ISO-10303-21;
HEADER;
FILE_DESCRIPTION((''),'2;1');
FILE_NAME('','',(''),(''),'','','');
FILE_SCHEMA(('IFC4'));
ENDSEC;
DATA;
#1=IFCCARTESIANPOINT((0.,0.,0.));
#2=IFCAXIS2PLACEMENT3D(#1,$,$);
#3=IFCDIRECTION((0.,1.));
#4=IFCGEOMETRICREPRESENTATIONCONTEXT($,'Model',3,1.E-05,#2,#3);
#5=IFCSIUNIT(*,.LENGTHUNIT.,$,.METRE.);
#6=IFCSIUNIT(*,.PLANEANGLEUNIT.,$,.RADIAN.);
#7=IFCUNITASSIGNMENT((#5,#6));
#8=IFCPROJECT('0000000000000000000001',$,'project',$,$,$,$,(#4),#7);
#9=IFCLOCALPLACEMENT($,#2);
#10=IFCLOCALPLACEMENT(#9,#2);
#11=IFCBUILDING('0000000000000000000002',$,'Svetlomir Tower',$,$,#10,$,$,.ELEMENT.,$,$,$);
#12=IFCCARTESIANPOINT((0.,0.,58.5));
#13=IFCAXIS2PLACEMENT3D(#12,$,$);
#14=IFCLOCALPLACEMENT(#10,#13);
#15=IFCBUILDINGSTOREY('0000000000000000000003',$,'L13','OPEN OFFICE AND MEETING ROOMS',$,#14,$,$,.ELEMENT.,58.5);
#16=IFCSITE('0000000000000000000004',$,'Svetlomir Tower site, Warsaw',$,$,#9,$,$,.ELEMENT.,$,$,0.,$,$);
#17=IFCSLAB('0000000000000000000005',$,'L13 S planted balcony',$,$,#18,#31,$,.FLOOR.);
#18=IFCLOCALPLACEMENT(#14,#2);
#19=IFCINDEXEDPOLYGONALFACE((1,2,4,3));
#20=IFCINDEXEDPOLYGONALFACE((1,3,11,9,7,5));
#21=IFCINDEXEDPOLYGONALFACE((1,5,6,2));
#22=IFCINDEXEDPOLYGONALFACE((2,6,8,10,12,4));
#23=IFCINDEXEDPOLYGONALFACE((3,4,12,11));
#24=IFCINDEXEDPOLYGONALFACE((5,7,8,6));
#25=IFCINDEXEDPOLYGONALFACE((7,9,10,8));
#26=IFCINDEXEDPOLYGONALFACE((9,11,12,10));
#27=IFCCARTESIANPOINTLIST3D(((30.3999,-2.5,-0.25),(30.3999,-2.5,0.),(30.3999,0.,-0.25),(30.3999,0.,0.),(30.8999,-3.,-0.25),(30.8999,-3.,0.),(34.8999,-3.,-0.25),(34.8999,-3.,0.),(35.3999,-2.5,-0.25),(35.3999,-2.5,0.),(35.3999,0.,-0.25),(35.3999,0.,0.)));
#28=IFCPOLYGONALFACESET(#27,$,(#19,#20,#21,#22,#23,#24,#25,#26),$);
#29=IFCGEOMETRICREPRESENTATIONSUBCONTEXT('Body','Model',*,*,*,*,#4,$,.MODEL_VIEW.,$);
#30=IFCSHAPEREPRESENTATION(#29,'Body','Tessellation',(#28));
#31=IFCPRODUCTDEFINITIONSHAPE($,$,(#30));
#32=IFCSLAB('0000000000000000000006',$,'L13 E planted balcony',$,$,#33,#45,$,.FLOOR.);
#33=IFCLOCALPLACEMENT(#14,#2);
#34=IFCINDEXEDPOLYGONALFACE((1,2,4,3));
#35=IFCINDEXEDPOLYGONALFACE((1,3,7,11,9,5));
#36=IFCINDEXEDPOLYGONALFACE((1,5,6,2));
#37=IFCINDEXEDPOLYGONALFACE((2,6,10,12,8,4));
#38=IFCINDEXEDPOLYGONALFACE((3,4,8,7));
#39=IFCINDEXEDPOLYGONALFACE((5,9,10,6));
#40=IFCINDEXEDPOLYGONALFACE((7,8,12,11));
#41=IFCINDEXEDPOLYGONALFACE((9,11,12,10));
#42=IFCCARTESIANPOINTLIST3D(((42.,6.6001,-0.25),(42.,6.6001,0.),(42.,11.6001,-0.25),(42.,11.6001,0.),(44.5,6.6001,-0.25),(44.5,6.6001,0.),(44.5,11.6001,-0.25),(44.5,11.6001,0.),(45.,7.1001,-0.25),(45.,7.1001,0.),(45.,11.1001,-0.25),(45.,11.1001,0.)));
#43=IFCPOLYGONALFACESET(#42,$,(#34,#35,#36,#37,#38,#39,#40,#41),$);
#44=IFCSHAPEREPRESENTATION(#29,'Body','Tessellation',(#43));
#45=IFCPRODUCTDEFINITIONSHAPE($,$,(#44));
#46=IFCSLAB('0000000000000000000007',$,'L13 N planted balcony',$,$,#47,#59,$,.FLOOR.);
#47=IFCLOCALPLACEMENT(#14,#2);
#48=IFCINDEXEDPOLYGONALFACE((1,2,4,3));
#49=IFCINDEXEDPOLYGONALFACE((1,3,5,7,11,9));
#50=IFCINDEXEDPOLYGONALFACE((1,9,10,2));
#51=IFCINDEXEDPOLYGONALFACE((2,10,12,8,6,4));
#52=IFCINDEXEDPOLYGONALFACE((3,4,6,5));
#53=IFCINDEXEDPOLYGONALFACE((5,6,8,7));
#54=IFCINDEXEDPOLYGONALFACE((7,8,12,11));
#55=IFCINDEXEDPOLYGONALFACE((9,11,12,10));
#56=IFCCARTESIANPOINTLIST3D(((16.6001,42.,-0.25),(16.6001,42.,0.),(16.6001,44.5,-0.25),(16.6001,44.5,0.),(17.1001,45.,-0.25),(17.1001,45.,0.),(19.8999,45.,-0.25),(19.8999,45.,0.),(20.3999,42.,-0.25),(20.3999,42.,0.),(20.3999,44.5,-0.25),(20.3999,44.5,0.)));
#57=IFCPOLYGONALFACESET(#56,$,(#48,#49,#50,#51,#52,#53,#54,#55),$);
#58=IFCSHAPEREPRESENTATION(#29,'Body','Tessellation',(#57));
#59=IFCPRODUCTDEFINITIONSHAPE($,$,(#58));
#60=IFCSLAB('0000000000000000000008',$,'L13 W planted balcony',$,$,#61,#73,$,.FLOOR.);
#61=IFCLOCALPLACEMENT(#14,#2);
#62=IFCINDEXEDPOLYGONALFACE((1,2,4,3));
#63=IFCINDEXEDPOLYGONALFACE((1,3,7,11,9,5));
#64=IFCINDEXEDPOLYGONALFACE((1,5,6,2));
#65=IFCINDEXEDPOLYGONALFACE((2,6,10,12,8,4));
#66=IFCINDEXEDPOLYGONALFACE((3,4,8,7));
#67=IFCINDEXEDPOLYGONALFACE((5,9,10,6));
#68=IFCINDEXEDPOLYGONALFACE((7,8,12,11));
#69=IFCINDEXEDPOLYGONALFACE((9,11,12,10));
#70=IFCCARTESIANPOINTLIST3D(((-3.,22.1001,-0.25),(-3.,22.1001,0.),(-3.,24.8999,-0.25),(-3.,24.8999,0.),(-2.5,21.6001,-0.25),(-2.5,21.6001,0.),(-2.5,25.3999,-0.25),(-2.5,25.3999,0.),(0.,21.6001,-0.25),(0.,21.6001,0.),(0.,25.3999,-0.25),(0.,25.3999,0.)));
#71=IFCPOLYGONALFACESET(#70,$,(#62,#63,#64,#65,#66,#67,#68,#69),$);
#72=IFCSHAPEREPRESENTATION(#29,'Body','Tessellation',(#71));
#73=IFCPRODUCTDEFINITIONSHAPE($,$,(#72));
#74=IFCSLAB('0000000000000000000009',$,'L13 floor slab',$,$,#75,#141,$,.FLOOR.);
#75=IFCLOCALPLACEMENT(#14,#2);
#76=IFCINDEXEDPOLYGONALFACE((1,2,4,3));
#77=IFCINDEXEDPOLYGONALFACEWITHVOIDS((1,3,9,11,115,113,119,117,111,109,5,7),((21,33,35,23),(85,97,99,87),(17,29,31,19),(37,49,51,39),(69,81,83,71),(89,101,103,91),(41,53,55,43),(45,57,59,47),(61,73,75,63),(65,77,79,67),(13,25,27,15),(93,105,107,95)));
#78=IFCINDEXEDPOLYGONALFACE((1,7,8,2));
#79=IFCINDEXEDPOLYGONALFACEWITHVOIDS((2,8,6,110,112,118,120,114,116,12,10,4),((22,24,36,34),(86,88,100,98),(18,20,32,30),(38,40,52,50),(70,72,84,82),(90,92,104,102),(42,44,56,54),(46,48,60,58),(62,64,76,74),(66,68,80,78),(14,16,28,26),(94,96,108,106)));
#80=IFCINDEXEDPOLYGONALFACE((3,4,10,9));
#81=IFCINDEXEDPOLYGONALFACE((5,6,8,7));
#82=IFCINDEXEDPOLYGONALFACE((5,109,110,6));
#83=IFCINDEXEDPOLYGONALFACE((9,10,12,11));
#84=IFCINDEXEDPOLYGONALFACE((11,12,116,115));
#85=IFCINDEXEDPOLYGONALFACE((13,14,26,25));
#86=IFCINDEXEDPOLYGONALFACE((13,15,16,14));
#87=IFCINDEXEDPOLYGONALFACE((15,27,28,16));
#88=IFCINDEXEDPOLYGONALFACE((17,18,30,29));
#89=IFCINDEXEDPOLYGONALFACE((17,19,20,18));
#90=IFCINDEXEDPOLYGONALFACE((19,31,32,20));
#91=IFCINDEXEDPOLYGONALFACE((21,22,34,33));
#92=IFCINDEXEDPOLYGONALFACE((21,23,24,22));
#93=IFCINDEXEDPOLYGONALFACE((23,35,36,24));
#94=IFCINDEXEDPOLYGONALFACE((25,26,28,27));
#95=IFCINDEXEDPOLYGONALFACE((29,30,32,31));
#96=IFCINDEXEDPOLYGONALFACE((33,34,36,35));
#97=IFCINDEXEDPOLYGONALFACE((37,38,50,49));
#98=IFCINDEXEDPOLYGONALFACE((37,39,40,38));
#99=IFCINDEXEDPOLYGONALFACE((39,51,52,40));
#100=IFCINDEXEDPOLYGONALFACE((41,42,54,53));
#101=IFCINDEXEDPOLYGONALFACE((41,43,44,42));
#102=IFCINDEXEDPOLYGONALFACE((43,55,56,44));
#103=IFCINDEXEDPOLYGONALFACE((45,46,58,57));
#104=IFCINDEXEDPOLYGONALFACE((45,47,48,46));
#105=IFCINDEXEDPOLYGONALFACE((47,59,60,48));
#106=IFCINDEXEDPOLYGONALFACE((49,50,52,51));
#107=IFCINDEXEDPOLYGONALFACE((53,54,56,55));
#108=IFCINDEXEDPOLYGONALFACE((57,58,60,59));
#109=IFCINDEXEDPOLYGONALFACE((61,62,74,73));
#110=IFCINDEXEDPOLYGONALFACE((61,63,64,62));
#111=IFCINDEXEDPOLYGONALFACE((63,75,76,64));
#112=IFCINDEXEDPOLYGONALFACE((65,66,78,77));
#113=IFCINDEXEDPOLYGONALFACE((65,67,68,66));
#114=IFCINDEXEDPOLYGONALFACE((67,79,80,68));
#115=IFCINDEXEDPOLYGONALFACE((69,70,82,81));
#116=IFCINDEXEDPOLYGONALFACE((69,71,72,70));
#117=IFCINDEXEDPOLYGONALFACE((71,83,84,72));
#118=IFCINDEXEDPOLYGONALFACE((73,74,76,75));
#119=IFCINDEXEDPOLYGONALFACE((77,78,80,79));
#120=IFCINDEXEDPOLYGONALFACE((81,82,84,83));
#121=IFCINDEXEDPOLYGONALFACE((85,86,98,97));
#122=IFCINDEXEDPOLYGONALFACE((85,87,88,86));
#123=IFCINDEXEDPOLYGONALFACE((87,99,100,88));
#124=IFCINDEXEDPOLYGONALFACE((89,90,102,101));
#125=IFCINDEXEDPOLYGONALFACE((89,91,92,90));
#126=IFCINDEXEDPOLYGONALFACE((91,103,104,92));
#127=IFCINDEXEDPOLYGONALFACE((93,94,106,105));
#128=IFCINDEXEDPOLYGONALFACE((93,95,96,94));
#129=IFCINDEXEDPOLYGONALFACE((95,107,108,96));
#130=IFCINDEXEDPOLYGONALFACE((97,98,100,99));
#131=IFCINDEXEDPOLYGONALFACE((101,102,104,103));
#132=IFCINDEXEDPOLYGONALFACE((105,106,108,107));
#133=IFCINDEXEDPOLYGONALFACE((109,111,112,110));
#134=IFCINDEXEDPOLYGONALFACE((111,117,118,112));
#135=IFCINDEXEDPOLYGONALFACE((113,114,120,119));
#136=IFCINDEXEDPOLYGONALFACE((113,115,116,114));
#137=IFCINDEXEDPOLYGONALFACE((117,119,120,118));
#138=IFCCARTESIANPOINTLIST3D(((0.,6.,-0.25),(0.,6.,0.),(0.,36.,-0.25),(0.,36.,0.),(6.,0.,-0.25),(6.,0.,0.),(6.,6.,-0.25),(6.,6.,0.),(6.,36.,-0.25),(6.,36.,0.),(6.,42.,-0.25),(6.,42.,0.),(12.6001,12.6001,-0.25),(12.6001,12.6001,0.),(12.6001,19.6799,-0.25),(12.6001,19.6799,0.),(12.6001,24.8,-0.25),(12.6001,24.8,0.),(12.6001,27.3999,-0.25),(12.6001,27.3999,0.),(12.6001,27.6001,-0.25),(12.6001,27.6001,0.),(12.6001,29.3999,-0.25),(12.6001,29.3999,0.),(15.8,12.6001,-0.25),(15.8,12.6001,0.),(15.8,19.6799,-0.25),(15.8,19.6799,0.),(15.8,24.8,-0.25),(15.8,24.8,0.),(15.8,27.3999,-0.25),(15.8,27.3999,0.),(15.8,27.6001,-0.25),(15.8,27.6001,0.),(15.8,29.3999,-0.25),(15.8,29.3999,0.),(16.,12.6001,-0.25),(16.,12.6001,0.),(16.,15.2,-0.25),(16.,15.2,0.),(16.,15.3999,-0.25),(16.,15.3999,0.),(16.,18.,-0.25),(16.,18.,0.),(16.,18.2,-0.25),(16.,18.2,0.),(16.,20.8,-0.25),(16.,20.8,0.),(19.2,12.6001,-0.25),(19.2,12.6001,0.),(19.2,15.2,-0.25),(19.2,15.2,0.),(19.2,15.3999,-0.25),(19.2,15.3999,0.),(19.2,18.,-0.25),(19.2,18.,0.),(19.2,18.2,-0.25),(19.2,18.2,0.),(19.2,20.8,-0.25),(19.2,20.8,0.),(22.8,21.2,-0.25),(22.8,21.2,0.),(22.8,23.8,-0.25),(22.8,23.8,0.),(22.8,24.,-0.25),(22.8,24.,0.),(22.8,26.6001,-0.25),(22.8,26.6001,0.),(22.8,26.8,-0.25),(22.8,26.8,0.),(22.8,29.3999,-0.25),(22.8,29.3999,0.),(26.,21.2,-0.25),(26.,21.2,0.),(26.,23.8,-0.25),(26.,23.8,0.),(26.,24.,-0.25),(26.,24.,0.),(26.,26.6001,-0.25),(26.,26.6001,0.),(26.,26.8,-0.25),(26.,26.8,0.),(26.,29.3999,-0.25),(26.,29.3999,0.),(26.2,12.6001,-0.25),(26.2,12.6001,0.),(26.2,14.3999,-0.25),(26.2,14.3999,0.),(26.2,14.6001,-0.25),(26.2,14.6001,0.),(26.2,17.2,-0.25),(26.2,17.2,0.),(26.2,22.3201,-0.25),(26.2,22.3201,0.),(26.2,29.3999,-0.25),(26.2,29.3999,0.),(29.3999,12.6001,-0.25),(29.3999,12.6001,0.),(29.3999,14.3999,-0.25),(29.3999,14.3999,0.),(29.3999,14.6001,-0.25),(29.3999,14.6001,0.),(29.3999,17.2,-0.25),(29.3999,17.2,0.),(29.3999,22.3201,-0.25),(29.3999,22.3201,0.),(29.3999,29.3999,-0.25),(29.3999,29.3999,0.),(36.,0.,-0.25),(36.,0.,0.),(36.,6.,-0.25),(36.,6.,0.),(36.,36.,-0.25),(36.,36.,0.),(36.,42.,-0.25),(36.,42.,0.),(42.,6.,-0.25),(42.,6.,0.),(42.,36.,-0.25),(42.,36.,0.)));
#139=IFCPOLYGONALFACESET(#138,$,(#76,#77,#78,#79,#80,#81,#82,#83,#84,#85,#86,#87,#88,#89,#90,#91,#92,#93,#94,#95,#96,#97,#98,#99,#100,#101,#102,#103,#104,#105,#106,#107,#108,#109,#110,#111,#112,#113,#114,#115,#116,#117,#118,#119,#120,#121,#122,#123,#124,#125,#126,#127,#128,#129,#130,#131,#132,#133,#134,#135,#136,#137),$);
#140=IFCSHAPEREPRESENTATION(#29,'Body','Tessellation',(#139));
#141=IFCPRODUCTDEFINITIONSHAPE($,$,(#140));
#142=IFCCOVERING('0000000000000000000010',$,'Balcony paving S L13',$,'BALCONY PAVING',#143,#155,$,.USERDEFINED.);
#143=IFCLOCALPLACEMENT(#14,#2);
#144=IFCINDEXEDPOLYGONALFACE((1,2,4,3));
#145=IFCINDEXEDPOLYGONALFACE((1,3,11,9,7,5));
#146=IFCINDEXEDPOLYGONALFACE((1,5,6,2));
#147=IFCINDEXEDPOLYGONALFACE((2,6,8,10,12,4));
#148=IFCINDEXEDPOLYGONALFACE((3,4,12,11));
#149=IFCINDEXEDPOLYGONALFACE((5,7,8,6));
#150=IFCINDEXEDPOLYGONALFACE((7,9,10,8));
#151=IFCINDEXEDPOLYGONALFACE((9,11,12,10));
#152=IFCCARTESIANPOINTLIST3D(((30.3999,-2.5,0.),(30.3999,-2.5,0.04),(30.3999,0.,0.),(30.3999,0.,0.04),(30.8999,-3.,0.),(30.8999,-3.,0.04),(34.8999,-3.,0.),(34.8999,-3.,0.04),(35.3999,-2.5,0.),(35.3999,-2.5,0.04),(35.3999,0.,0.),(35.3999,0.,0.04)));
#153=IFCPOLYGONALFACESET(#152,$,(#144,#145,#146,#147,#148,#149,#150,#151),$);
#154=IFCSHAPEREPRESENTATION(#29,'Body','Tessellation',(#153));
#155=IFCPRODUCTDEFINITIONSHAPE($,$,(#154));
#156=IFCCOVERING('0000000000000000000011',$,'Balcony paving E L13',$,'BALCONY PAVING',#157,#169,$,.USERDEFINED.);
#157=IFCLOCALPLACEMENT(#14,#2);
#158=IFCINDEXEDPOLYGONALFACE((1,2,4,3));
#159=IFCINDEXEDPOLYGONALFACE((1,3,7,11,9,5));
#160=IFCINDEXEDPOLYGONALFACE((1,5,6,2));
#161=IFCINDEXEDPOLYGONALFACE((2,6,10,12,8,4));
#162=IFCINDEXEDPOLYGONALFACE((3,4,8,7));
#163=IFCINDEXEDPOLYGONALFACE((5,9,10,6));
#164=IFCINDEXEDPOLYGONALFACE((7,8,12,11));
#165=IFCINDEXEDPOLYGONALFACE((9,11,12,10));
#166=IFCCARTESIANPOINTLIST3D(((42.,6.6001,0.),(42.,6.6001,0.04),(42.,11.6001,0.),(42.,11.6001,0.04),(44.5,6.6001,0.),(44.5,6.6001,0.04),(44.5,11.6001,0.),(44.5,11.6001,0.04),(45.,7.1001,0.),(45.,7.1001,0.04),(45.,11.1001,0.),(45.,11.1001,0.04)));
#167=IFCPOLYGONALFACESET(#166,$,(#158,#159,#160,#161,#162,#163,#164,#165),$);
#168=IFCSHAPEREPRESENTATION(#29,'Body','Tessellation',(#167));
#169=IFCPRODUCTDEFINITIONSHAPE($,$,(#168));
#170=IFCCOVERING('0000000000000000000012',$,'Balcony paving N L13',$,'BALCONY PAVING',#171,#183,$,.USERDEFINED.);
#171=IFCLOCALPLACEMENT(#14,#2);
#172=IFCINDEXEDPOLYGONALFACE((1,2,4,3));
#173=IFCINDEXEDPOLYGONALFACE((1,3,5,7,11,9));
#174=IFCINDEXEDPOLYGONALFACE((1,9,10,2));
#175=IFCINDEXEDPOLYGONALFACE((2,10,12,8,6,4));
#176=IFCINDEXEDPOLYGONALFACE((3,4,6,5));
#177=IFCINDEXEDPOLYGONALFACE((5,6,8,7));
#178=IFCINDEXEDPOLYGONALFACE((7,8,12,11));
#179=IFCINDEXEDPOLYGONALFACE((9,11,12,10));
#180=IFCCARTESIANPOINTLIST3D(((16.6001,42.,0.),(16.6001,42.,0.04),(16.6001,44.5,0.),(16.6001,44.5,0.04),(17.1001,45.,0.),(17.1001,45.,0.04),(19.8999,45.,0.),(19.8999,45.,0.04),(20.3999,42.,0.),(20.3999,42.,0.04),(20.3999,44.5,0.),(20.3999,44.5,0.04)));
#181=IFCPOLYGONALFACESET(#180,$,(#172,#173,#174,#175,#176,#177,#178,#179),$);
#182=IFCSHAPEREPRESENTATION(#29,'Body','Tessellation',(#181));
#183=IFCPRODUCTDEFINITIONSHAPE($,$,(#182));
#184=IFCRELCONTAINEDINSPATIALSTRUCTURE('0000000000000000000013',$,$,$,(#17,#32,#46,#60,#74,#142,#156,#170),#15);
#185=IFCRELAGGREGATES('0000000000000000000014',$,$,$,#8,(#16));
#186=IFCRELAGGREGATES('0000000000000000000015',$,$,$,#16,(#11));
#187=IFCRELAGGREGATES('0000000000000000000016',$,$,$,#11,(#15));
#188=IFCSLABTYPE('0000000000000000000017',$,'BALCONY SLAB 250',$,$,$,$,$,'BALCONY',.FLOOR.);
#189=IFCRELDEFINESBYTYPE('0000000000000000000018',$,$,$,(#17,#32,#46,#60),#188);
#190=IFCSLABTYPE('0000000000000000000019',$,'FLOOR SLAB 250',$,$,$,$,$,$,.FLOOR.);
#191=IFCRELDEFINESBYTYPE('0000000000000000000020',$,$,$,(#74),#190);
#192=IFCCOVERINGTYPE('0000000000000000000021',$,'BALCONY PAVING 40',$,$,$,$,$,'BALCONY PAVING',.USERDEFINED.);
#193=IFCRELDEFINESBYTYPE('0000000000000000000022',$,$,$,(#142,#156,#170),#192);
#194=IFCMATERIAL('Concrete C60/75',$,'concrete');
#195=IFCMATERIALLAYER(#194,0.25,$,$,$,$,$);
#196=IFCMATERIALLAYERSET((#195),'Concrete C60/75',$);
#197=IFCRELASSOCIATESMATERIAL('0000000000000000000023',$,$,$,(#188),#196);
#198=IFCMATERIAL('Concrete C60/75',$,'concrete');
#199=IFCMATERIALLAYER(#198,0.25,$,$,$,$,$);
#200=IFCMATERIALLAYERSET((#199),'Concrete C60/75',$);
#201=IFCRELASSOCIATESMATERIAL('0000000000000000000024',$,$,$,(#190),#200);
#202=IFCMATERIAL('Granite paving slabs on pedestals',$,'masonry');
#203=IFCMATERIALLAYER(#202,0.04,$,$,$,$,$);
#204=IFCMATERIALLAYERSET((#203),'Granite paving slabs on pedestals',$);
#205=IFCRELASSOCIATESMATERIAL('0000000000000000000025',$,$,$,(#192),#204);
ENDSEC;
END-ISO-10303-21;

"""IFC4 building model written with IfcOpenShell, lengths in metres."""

from ifc_helpers import new_model, si_unit, direction, frame, origin, place, context, subcontext, project, spatial, polyline, outline, extrude, material, layer, layer_set, type_object, element, save


model = new_model("IFC4")

# Units and contexts
model_context = context("Model", 3, precision=1e-05, world=origin(), true_north=direction((0.0, 1.0)))
body_context = subcontext(model_context, "Body", "Model", "MODEL_VIEW")
ifc_project = project(units=[si_unit("LENGTHUNIT", "METRE"), si_unit("PLANEANGLEUNIT", "RADIAN")], contexts=[model_context])

# Site, building, storey
site_placement = place(None, origin())
site = spatial("IfcSite", under=ifc_project, at=site_placement, Name="Svetlomir Tower site, Warsaw", CompositionType="ELEMENT", RefElevation=0.0)
building_placement = place(site_placement, origin())
building = spatial("IfcBuilding", under=site, at=building_placement, Name="Svetlomir Tower", CompositionType="ELEMENT")
storey_placement = place(building_placement, frame((0.0, 0.0, 58.5)))
storey = spatial("IfcBuildingStorey", under=building, at=storey_placement, Name="L13", Description="OPEN OFFICE AND MEETING ROOMS", CompositionType="ELEMENT", Elevation=58.5)

# Slabs
ifc_material_1 = material(Name="Concrete C60/75", Category="concrete")
ifc_layer_1 = layer(ifc_material_1, 0.25)
ifc_layer_set_1 = layer_set([ifc_layer_1], Name="Concrete C60/75")
slab_type_1 = type_object("IfcSlabType", Name="BALCONY SLAB 250", ElementType="BALCONY", PredefinedType="FLOOR", material=ifc_layer_set_1)
slab_1_placement = place(storey_placement, frame((0.0, 0.0, -0.25)))
element("IfcSlab", 1, at=slab_1_placement, inside=storey, type_object=slab_type_1, Name="L13 S planted balcony", PredefinedType="FLOOR", context=body_context, shape_type="SweptSolid", body=[
    extrude(outline(polyline([(30.3999, -2.5), (30.8999, -3.0), (34.8999, -3.0), (35.3999, -2.5), (35.3999, 0.0), (30.3999, 0.0), (30.3999, -2.5)])), origin(), (0.0, 0.0, 1.0), 0.25),
])
slab_2_placement = place(storey_placement, frame((0.0, 0.0, -0.25)))
element("IfcSlab", 2, at=slab_2_placement, inside=storey, type_object=slab_type_1, Name="L13 E planted balcony", PredefinedType="FLOOR", context=body_context, shape_type="SweptSolid", body=[
    extrude(outline(polyline([(42.0, 6.6001), (44.5, 6.6001), (45.0, 7.1001), (45.0, 11.1001), (44.5, 11.6001), (42.0, 11.6001), (42.0, 6.6001)])), origin(), (0.0, 0.0, 1.0), 0.25),
])
slab_3_placement = place(storey_placement, frame((0.0, 0.0, -0.25)))
element("IfcSlab", 3, at=slab_3_placement, inside=storey, type_object=slab_type_1, Name="L13 N planted balcony", PredefinedType="FLOOR", context=body_context, shape_type="SweptSolid", body=[
    extrude(outline(polyline([(16.6001, 42.0), (20.3999, 42.0), (20.3999, 44.5), (19.8999, 45.0), (17.1001, 45.0), (16.6001, 44.5), (16.6001, 42.0)])), origin(), (0.0, 0.0, 1.0), 0.25),
])
slab_4_placement = place(storey_placement, frame((0.0, 0.0, -0.25)))
element("IfcSlab", 4, at=slab_4_placement, inside=storey, type_object=slab_type_1, Name="L13 W planted balcony", PredefinedType="FLOOR", context=body_context, shape_type="SweptSolid", body=[
    extrude(outline(polyline([(-2.5, 21.6001), (0.0, 21.6001), (0.0, 25.3999), (-2.5, 25.3999), (-3.0, 24.8999), (-3.0, 22.1001), (-2.5, 21.6001)])), origin(), (0.0, 0.0, 1.0), 0.25),
])
ifc_material_2 = material(Name="Concrete C60/75", Category="concrete")
ifc_layer_2 = layer(ifc_material_2, 0.25)
ifc_layer_set_2 = layer_set([ifc_layer_2], Name="Concrete C60/75")
slab_type_2 = type_object("IfcSlabType", Name="FLOOR SLAB 250", PredefinedType="FLOOR", material=ifc_layer_set_2)
slab_5_placement = place(storey_placement, frame((0.0, 0.0, -0.25)))
element("IfcSlab", 5, at=slab_5_placement, inside=storey, type_object=slab_type_2, Name="L13 floor slab", PredefinedType="FLOOR", context=body_context, shape_type="SweptSolid", body=[
    extrude(outline(polyline([(6.0, 0.0), (36.0, 0.0), (36.0, 6.0), (42.0, 6.0), (42.0, 36.0), (36.0, 36.0), (36.0, 42.0), (6.0, 42.0), (6.0, 36.0), (0.0, 36.0), (0.0, 6.0), (6.0, 6.0), (6.0, 0.0)]), holes=[polyline([(12.6001, 24.8), (15.8, 24.8), (15.8, 27.3999), (12.6001, 27.3999), (12.6001, 24.8)]), polyline([(26.2, 14.6001), (29.3999, 14.6001), (29.3999, 17.2), (26.2, 17.2), (26.2, 14.6001)]), polyline([(16.0, 12.6001), (19.2, 12.6001), (19.2, 15.2), (16.0, 15.2), (16.0, 12.6001)]), polyline([(16.0, 15.3999), (19.2, 15.3999), (19.2, 18.0), (16.0, 18.0), (16.0, 15.3999)]), polyline([(16.0, 18.2), (19.2, 18.2), (19.2, 20.8), (16.0, 20.8), (16.0, 18.2)]), polyline([(22.8, 21.2), (26.0, 21.2), (26.0, 23.8), (22.8, 23.8), (22.8, 21.2)]), polyline([(22.8, 24.0), (26.0, 24.0), (26.0, 26.6001), (22.8, 26.6001), (22.8, 24.0)]), polyline([(22.8, 26.8), (26.0, 26.8), (26.0, 29.3999), (22.8, 29.3999), (22.8, 26.8)]), polyline([(12.6001, 27.6001), (15.8, 27.6001), (15.8, 29.3999), (12.6001, 29.3999), (12.6001, 27.6001)]), polyline([(26.2, 12.6001), (29.3999, 12.6001), (29.3999, 14.3999), (26.2, 14.3999), (26.2, 12.6001)]), polyline([(12.6001, 12.6001), (15.8, 12.6001), (15.8, 19.6799), (12.6001, 19.6799), (12.6001, 12.6001)]), polyline([(26.2, 22.3201), (29.3999, 22.3201), (29.3999, 29.3999), (26.2, 29.3999), (26.2, 22.3201)])]), origin(), (0.0, 0.0, 1.0), 0.25),
])

# Coverings
ifc_material_3 = material(Name="Granite paving slabs on pedestals", Category="masonry")
ifc_layer_3 = layer(ifc_material_3, 0.04)
ifc_layer_set_3 = layer_set([ifc_layer_3], Name="Granite paving slabs on pedestals")
covering_type_1 = type_object("IfcCoveringType", Name="BALCONY PAVING 40", ElementType="BALCONY PAVING", PredefinedType="USERDEFINED", material=ifc_layer_set_3)
covering_1_placement = place(storey_placement, origin())
element("IfcCovering", 6, at=covering_1_placement, inside=storey, type_object=covering_type_1, Name="Balcony paving S L13", ObjectType="BALCONY PAVING", PredefinedType="USERDEFINED", context=body_context, shape_type="SweptSolid", body=[
    extrude(outline(polyline([(30.3999, -2.5), (30.8999, -3.0), (34.8999, -3.0), (35.3999, -2.5), (35.3999, 0.0), (30.3999, 0.0), (30.3999, -2.5)])), origin(), (0.0, 0.0, 1.0), 0.04),
])
covering_2_placement = place(storey_placement, origin())
element("IfcCovering", 7, at=covering_2_placement, inside=storey, type_object=covering_type_1, Name="Balcony paving E L13", ObjectType="BALCONY PAVING", PredefinedType="USERDEFINED", context=body_context, shape_type="SweptSolid", body=[
    extrude(outline(polyline([(42.0, 6.6001), (44.5, 6.6001), (45.0, 7.1001), (45.0, 11.1001), (44.5, 11.6001), (42.0, 11.6001), (42.0, 6.6001)])), origin(), (0.0, 0.0, 1.0), 0.04),
])
covering_3_placement = place(storey_placement, origin())
element("IfcCovering", 8, at=covering_3_placement, inside=storey, type_object=covering_type_1, Name="Balcony paving N L13", ObjectType="BALCONY PAVING", PredefinedType="USERDEFINED", context=body_context, shape_type="SweptSolid", body=[
    extrude(outline(polyline([(16.6001, 42.0), (20.3999, 42.0), (20.3999, 44.5), (19.8999, 45.0), (17.1001, 45.0), (16.6001, 44.5), (16.6001, 42.0)])), origin(), (0.0, 0.0, 1.0), 0.04),
])

save(model, "model.ifc")
